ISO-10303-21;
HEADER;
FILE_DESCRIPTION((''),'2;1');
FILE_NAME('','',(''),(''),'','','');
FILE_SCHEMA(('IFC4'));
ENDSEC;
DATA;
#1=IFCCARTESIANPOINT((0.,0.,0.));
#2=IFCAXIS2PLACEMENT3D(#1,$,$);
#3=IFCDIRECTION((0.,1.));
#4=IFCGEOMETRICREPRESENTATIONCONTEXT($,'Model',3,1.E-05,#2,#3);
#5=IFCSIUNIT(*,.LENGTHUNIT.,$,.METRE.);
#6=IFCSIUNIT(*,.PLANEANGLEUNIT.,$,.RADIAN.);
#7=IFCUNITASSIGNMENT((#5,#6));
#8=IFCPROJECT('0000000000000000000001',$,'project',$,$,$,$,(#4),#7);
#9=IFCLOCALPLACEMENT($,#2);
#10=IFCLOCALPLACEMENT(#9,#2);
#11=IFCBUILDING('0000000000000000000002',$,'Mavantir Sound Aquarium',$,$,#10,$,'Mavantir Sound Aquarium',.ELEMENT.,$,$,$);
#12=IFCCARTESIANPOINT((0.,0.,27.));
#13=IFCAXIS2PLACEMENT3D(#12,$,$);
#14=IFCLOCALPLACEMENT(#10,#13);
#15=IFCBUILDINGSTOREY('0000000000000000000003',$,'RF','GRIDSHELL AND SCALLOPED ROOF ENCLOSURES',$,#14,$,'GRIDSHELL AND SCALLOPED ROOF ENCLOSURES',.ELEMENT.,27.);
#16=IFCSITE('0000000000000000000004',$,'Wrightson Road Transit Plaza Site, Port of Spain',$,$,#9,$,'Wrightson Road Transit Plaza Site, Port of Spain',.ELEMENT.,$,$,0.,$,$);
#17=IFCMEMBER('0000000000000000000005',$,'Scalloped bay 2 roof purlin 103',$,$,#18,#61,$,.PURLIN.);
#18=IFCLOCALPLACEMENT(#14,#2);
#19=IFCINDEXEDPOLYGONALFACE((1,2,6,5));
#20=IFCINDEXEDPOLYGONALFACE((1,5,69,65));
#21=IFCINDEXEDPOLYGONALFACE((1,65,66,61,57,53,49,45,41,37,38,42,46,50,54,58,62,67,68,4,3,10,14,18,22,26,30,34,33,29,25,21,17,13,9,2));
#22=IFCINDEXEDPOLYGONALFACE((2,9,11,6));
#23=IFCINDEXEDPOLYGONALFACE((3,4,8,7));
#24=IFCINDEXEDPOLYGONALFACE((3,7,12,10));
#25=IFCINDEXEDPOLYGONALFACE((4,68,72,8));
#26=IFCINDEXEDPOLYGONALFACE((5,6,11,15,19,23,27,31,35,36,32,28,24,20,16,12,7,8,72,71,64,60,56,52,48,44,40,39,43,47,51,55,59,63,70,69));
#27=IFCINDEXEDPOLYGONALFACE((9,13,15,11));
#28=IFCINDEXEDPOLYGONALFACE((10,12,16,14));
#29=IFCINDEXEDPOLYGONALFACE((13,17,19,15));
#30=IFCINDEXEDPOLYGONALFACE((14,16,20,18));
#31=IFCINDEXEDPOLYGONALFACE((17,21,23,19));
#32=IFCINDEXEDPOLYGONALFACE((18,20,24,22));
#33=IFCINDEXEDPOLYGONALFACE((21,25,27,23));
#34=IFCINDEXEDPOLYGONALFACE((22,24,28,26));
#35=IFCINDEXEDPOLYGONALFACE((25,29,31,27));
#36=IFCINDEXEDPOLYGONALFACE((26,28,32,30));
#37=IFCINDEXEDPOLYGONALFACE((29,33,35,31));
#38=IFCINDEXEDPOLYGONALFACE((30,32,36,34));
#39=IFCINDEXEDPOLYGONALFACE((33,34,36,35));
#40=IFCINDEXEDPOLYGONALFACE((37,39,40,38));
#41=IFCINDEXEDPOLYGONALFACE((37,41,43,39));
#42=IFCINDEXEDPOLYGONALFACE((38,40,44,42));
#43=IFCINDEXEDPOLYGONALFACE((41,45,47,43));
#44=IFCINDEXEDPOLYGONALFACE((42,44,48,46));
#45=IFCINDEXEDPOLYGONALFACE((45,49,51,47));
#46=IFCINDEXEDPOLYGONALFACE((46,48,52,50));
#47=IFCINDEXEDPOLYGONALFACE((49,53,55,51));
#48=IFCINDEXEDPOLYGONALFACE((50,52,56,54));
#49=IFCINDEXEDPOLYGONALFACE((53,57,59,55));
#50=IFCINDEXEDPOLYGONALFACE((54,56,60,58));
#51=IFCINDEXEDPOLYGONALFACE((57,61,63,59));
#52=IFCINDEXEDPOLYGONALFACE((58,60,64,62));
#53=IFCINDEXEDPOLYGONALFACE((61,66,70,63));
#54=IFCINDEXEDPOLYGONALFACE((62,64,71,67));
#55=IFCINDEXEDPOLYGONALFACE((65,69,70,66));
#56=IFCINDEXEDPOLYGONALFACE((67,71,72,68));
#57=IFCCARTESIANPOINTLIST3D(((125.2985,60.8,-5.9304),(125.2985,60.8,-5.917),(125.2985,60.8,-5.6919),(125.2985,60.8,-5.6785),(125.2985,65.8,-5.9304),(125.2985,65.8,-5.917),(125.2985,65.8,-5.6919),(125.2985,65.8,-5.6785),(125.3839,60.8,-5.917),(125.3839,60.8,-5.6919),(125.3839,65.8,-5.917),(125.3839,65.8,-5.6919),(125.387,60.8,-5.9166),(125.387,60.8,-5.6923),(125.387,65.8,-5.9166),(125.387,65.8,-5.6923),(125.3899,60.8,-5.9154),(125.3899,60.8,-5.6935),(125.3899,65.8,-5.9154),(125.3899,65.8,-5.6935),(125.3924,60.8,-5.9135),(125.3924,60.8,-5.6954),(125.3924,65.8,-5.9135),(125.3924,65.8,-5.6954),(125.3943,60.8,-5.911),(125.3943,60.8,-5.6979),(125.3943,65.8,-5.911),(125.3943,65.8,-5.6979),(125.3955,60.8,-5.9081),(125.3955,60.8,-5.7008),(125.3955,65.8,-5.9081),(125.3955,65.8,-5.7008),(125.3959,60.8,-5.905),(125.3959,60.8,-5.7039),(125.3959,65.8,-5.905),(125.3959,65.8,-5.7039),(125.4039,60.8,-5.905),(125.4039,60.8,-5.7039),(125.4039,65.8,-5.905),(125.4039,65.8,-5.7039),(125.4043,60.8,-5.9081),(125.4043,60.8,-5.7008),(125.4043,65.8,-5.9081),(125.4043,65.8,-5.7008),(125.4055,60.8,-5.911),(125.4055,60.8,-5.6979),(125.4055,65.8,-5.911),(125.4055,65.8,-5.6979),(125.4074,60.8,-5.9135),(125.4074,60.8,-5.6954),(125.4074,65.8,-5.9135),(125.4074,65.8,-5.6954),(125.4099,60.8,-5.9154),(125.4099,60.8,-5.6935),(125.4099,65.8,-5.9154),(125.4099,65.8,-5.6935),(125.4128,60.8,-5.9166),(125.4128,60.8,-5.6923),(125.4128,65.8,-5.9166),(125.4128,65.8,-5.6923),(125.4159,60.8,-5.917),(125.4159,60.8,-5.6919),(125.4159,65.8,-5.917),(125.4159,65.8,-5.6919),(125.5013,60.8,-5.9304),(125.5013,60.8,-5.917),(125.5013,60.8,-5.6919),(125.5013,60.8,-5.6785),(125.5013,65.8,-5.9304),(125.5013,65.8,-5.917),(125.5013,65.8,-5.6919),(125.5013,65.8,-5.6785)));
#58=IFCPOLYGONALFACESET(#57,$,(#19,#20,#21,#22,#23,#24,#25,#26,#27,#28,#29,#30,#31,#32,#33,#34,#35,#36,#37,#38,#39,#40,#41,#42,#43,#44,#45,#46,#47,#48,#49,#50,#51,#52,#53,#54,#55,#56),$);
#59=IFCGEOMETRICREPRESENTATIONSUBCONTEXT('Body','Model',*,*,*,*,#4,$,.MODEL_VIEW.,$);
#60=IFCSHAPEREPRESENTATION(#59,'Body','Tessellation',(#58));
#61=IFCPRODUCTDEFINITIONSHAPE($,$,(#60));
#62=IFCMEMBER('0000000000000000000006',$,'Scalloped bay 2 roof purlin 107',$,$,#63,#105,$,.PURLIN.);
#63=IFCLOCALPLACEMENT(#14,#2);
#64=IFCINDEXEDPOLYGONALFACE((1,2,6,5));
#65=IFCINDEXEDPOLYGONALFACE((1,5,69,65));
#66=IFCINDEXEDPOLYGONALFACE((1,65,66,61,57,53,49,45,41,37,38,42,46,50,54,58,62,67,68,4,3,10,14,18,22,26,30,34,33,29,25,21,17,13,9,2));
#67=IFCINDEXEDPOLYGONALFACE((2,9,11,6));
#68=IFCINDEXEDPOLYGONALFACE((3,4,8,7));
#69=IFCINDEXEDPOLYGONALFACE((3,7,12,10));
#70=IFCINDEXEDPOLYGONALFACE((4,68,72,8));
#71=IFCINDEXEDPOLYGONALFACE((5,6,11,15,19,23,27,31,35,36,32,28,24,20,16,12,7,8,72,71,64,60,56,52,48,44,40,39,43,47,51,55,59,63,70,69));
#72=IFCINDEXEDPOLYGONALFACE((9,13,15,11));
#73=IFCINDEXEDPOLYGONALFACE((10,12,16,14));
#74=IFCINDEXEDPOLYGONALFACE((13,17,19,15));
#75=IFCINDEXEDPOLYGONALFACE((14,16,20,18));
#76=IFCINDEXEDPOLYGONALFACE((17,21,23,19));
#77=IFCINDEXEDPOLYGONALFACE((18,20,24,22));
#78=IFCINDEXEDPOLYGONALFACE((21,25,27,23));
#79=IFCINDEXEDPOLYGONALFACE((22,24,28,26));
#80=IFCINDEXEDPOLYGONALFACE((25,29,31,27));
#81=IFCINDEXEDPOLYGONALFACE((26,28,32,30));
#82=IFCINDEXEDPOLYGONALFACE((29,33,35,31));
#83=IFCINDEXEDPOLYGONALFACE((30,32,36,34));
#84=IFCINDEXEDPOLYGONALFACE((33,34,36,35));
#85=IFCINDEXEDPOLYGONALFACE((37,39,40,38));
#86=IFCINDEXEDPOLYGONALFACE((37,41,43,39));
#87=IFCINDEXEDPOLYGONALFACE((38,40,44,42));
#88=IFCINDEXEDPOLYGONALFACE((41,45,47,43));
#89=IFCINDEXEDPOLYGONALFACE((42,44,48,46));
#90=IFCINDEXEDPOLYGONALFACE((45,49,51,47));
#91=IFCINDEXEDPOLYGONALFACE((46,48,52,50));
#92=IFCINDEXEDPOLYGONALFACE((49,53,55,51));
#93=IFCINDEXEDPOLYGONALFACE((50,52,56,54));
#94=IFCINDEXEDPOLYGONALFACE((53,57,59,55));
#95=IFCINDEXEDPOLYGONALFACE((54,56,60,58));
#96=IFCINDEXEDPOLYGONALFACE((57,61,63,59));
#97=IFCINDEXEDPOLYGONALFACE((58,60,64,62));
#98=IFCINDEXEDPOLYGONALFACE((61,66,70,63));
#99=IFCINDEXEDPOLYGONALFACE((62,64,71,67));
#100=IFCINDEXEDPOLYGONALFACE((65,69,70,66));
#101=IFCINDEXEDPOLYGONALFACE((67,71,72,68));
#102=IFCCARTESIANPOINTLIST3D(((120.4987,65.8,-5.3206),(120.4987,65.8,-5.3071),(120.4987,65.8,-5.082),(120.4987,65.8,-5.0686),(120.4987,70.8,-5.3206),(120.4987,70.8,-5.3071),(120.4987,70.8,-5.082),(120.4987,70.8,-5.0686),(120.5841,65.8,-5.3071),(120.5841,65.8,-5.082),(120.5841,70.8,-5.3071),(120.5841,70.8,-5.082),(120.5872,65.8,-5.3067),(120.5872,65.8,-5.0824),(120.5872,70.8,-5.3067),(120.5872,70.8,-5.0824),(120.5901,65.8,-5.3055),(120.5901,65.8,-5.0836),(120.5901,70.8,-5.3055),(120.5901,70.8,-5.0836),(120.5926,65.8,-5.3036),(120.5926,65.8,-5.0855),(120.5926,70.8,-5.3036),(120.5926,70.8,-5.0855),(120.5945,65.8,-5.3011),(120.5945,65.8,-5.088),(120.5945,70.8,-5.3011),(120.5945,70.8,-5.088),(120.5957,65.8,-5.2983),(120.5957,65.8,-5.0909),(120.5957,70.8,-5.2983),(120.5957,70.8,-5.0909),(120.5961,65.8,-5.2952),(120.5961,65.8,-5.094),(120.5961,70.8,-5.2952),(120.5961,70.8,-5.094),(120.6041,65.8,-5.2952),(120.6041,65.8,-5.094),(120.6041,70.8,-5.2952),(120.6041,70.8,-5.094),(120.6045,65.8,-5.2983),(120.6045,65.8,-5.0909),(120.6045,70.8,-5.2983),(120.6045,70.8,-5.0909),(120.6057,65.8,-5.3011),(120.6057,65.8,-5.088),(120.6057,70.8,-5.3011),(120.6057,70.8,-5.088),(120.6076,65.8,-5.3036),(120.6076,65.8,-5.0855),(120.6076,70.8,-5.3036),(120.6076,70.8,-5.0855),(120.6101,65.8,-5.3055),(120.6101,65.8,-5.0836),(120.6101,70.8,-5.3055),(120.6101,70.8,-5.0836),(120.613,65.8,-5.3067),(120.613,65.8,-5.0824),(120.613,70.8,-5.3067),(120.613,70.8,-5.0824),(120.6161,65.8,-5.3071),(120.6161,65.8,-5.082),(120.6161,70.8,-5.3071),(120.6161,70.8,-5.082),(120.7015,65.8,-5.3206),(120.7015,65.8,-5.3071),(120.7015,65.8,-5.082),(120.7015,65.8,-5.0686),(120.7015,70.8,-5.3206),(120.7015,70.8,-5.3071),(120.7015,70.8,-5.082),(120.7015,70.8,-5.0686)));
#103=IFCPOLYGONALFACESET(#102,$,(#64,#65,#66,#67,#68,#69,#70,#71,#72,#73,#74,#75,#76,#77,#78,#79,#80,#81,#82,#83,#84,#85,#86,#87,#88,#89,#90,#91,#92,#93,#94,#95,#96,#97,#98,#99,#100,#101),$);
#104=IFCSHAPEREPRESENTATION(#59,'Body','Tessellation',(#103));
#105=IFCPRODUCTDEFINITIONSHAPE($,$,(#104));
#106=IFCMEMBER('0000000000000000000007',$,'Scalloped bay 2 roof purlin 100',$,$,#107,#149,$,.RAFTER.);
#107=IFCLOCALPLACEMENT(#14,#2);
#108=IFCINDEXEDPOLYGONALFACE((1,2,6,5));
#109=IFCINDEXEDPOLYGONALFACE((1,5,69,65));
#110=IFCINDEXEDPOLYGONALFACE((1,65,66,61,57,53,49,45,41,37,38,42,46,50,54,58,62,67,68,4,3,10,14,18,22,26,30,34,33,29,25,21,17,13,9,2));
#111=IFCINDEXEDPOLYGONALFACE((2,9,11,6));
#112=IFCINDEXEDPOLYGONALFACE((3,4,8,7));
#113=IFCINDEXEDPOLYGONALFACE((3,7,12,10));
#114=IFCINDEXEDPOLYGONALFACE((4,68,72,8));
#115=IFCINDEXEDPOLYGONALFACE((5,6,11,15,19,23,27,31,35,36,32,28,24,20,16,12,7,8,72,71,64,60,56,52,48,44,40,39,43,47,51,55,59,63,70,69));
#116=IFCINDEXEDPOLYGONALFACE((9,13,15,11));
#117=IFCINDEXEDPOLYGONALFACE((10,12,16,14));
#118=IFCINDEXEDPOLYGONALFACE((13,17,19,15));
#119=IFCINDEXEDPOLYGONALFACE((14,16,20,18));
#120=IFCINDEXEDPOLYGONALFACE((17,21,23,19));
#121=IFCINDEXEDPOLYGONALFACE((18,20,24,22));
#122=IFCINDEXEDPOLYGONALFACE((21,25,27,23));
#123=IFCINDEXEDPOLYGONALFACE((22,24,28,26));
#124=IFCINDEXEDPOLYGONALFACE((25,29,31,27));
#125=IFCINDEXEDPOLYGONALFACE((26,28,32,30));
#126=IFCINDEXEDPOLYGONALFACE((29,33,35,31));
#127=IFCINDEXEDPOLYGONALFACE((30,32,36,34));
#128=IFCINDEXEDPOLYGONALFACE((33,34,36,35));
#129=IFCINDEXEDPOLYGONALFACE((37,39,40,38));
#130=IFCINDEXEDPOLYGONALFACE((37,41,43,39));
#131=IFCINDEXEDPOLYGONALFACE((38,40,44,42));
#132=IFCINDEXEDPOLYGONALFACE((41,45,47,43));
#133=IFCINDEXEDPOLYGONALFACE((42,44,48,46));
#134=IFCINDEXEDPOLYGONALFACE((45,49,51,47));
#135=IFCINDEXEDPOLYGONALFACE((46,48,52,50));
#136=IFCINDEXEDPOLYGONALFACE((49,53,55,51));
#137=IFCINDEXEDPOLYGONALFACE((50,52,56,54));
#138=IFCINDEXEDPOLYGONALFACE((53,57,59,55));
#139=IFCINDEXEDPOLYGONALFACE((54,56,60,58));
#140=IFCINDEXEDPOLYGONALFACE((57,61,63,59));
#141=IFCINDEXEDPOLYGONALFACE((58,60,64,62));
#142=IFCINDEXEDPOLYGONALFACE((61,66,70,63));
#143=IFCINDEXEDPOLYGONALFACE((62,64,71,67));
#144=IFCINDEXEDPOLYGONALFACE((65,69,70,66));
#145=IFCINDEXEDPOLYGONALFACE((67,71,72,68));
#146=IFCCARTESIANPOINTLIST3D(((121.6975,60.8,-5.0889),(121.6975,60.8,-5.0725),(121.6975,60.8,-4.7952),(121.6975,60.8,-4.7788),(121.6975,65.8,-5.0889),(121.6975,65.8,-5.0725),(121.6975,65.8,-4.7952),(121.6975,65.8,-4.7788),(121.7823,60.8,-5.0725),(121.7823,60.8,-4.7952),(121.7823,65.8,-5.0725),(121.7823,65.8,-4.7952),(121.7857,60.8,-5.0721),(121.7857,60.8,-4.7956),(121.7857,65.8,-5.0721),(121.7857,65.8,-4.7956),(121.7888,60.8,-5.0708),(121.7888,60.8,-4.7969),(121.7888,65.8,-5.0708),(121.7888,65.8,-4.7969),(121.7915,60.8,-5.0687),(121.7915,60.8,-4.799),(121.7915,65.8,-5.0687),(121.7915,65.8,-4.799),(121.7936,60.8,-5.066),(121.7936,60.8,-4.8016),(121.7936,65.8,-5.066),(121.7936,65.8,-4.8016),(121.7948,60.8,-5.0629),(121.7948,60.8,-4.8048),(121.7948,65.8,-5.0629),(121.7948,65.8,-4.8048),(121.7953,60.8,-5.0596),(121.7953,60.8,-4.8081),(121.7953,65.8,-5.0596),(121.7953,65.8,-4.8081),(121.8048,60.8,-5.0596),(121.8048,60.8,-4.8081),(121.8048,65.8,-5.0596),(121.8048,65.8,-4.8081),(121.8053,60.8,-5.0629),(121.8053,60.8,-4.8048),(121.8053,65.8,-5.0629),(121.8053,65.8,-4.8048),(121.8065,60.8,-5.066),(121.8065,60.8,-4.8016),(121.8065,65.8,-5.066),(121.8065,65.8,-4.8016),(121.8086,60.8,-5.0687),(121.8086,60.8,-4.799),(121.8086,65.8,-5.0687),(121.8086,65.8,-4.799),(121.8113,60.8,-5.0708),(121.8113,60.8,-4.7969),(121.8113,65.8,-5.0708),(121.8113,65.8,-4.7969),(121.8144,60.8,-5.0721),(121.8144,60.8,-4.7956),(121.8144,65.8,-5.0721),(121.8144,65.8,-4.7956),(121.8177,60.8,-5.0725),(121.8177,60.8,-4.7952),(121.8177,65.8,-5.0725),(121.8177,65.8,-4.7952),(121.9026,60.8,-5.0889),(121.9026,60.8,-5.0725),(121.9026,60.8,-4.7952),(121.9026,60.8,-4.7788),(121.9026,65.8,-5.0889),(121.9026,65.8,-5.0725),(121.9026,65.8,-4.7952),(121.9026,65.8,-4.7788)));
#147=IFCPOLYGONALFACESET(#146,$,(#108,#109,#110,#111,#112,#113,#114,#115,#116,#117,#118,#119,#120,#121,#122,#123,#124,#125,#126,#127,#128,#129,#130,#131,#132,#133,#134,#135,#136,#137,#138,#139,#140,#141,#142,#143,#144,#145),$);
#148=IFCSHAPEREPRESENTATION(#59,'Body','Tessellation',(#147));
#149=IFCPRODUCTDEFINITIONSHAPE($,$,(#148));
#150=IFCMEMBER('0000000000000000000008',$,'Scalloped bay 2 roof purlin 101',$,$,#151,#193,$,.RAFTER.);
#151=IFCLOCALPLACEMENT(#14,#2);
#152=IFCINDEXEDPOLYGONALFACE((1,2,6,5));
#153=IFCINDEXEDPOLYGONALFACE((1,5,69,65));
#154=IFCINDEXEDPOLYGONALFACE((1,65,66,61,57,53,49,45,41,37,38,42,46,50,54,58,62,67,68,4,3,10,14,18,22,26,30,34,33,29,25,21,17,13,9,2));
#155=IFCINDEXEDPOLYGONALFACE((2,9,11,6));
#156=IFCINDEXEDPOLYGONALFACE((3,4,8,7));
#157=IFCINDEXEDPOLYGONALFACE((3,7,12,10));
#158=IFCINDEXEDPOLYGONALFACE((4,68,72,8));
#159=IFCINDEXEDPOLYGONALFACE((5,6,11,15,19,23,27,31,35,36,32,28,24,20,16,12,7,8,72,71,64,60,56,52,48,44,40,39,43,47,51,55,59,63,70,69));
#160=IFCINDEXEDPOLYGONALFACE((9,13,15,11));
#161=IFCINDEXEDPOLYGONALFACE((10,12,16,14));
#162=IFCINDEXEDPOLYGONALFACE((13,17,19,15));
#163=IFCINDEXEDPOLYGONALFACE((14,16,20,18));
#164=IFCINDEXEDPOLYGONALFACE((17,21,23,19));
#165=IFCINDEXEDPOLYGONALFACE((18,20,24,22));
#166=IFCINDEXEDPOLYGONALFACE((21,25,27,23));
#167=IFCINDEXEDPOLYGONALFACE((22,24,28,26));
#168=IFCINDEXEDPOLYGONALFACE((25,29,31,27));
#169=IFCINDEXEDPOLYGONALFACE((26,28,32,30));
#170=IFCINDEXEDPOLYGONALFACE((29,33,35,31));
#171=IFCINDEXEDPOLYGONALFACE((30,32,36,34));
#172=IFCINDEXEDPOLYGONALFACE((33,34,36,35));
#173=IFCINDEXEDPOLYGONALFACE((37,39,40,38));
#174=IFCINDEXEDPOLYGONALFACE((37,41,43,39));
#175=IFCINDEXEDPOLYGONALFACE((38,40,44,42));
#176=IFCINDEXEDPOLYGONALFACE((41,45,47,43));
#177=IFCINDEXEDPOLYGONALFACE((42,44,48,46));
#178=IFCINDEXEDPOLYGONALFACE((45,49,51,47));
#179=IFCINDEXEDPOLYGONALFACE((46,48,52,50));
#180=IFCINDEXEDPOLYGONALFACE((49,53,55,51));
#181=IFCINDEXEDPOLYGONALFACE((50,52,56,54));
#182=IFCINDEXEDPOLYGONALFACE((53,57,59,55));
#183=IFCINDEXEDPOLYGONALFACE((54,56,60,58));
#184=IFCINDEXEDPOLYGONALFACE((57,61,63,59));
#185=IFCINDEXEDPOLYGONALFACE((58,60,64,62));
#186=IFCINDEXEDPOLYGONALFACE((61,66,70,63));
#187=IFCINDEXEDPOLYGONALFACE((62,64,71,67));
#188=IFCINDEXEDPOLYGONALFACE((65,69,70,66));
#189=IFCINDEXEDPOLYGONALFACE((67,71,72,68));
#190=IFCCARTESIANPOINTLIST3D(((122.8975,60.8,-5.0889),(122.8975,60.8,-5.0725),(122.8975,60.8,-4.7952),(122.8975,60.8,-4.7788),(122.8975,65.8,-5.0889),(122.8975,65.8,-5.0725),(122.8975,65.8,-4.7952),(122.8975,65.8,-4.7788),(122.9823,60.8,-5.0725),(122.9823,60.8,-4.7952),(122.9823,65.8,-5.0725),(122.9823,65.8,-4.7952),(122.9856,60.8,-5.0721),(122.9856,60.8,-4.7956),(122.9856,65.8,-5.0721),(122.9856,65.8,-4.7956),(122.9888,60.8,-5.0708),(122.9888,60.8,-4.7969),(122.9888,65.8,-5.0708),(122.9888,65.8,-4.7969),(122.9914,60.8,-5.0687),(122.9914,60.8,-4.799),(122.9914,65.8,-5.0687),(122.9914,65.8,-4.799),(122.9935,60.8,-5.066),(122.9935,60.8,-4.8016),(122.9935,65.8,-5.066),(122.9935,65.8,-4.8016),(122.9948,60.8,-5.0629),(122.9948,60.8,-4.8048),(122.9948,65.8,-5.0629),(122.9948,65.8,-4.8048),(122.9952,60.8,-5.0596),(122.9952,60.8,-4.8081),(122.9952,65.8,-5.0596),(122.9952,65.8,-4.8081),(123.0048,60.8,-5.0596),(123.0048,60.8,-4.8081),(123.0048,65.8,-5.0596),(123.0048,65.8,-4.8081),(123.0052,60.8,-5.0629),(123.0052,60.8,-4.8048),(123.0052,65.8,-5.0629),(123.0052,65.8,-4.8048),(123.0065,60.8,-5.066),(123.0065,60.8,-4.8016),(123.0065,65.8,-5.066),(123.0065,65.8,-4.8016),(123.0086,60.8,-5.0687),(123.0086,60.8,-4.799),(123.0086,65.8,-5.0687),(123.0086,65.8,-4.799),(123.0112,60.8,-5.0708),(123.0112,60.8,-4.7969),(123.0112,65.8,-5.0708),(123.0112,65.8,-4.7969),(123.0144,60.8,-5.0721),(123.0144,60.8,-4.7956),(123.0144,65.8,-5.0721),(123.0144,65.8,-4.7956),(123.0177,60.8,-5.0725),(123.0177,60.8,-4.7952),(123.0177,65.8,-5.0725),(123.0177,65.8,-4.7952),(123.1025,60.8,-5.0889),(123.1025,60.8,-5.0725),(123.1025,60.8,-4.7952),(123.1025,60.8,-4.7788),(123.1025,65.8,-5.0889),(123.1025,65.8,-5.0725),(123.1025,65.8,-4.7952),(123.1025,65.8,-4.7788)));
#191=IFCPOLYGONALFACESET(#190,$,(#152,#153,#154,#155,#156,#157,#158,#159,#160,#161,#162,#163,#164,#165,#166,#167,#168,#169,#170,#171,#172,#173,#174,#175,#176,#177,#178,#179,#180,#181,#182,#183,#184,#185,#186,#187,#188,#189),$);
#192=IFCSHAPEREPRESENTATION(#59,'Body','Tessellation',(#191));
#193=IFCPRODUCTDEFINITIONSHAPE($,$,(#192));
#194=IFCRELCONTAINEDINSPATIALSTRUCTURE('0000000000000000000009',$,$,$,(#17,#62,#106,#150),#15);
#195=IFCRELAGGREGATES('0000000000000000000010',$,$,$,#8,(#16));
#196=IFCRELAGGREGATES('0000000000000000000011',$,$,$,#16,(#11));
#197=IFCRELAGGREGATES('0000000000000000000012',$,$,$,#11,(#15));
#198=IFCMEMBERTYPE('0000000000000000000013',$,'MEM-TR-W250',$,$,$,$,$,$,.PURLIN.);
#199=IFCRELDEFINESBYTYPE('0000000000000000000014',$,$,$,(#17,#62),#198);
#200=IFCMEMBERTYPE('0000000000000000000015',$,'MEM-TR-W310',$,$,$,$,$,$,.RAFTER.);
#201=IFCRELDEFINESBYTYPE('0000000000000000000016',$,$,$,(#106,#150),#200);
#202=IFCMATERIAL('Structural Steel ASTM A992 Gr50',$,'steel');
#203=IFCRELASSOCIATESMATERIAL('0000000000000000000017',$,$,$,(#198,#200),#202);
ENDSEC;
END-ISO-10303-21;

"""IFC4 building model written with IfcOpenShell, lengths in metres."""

from ifc_helpers import new_model, si_unit, direction, frame, origin, origin_2d, place, context, subcontext, project, spatial, i_section, extrude, material, material_profile, profile_set, type_object, element, save


model = new_model("IFC4")

# Units and contexts
model_context = context("Model", 3, precision=1e-05, world=origin(), true_north=direction((0.0, 1.0)))
body_context = subcontext(model_context, "Body", "Model", "MODEL_VIEW")
ifc_project = project(units=[si_unit("LENGTHUNIT", "METRE"), si_unit("PLANEANGLEUNIT", "RADIAN")], contexts=[model_context])

# Site, building, storey
site_placement = place(None, origin())
site = spatial("IfcSite", under=ifc_project, at=site_placement, Name="Wrightson Road Transit Plaza Site, Port of Spain", LongName="Wrightson Road Transit Plaza Site, Port of Spain", CompositionType="ELEMENT", RefElevation=0.0)
building_placement = place(site_placement, origin())
building = spatial("IfcBuilding", under=site, at=building_placement, Name="Mavantir Sound Aquarium", LongName="Mavantir Sound Aquarium", CompositionType="ELEMENT")
storey_placement = place(building_placement, frame((0.0, 0.0, 27.0)))
storey = spatial("IfcBuildingStorey", under=building, at=storey_placement, Name="RF", Description="GRIDSHELL AND SCALLOPED ROOF ENCLOSURES", LongName="GRIDSHELL AND SCALLOPED ROOF ENCLOSURES", CompositionType="ELEMENT", Elevation=27.0)

# Shared definitions
ifc_material_1 = material(Name="Structural Steel ASTM A992 Gr50", Category="steel")

# Members
ifc_material_profile_1 = material_profile(ifc_material_1, i_section(OverallWidth=0.2029, OverallDepth=0.252, WebThickness=0.0081, FlangeThickness=0.0134, FilletRadius=0.012, at=origin_2d()), Name="W250X58")
ifc_profile_set_1 = profile_set([ifc_material_profile_1], Name="Structural Steel ASTM A992 Gr50")
member_type_1 = type_object("IfcMemberType", Name="MEM-TR-W250", PredefinedType="PURLIN", material=ifc_profile_set_1)
for number, where, z_axis, x_axis, name in (
    (1, (125.3999, 60.8, -5.8044), (0.0, 1.0, 0.0), (-1.0, 0.0, 0.0), "Scalloped bay 2 roof purlin 103"),
    (2, (120.6001, 65.8, -5.1946), (0.0, 1.0, 0.0), (-1.0, 0.0, 0.0), "Scalloped bay 2 roof purlin 107"),
):
    element("IfcMember", number, at=place(storey_placement, frame(where, z_axis=z_axis, x_axis=x_axis)), inside=storey, type_object=member_type_1, Name=name, PredefinedType="PURLIN", context=body_context, shape_type="SweptSolid", body=[
        extrude(i_section(OverallWidth=0.2029, OverallDepth=0.252, WebThickness=0.0081, FlangeThickness=0.0134, FilletRadius=0.012, at=origin_2d()), origin(), (0.0, 0.0, 1.0), 5.0),
    ])
ifc_material_profile_2 = material_profile(ifc_material_1, i_section(OverallWidth=0.2051, OverallDepth=0.3101, WebThickness=0.0095, FlangeThickness=0.0164, FilletRadius=0.0129, at=origin_2d()), Name="W310X74")
ifc_profile_set_2 = profile_set([ifc_material_profile_2], Name="Structural Steel ASTM A992 Gr50")
member_type_2 = type_object("IfcMemberType", Name="MEM-TR-W310", PredefinedType="RAFTER", material=ifc_profile_set_2)
for number, where, z_axis, x_axis, name in (
    (3, (121.8, 60.8, -4.9338), (0.0, 1.0, 0.0), (-1.0, 0.0, 0.0), "Scalloped bay 2 roof purlin 100"),
    (4, (123.0, 60.8, -4.9338), (0.0, 1.0, 0.0), (-1.0, 0.0, 0.0), "Scalloped bay 2 roof purlin 101"),
):
    element("IfcMember", number, at=place(storey_placement, frame(where, z_axis=z_axis, x_axis=x_axis)), inside=storey, type_object=member_type_2, Name=name, PredefinedType="RAFTER", context=body_context, shape_type="SweptSolid", body=[
        extrude(i_section(OverallWidth=0.2051, OverallDepth=0.3101, WebThickness=0.0095, FlangeThickness=0.0164, FilletRadius=0.0129, at=origin_2d()), origin(), (0.0, 0.0, 1.0), 5.0),
    ])

save(model, "model.ifc")
